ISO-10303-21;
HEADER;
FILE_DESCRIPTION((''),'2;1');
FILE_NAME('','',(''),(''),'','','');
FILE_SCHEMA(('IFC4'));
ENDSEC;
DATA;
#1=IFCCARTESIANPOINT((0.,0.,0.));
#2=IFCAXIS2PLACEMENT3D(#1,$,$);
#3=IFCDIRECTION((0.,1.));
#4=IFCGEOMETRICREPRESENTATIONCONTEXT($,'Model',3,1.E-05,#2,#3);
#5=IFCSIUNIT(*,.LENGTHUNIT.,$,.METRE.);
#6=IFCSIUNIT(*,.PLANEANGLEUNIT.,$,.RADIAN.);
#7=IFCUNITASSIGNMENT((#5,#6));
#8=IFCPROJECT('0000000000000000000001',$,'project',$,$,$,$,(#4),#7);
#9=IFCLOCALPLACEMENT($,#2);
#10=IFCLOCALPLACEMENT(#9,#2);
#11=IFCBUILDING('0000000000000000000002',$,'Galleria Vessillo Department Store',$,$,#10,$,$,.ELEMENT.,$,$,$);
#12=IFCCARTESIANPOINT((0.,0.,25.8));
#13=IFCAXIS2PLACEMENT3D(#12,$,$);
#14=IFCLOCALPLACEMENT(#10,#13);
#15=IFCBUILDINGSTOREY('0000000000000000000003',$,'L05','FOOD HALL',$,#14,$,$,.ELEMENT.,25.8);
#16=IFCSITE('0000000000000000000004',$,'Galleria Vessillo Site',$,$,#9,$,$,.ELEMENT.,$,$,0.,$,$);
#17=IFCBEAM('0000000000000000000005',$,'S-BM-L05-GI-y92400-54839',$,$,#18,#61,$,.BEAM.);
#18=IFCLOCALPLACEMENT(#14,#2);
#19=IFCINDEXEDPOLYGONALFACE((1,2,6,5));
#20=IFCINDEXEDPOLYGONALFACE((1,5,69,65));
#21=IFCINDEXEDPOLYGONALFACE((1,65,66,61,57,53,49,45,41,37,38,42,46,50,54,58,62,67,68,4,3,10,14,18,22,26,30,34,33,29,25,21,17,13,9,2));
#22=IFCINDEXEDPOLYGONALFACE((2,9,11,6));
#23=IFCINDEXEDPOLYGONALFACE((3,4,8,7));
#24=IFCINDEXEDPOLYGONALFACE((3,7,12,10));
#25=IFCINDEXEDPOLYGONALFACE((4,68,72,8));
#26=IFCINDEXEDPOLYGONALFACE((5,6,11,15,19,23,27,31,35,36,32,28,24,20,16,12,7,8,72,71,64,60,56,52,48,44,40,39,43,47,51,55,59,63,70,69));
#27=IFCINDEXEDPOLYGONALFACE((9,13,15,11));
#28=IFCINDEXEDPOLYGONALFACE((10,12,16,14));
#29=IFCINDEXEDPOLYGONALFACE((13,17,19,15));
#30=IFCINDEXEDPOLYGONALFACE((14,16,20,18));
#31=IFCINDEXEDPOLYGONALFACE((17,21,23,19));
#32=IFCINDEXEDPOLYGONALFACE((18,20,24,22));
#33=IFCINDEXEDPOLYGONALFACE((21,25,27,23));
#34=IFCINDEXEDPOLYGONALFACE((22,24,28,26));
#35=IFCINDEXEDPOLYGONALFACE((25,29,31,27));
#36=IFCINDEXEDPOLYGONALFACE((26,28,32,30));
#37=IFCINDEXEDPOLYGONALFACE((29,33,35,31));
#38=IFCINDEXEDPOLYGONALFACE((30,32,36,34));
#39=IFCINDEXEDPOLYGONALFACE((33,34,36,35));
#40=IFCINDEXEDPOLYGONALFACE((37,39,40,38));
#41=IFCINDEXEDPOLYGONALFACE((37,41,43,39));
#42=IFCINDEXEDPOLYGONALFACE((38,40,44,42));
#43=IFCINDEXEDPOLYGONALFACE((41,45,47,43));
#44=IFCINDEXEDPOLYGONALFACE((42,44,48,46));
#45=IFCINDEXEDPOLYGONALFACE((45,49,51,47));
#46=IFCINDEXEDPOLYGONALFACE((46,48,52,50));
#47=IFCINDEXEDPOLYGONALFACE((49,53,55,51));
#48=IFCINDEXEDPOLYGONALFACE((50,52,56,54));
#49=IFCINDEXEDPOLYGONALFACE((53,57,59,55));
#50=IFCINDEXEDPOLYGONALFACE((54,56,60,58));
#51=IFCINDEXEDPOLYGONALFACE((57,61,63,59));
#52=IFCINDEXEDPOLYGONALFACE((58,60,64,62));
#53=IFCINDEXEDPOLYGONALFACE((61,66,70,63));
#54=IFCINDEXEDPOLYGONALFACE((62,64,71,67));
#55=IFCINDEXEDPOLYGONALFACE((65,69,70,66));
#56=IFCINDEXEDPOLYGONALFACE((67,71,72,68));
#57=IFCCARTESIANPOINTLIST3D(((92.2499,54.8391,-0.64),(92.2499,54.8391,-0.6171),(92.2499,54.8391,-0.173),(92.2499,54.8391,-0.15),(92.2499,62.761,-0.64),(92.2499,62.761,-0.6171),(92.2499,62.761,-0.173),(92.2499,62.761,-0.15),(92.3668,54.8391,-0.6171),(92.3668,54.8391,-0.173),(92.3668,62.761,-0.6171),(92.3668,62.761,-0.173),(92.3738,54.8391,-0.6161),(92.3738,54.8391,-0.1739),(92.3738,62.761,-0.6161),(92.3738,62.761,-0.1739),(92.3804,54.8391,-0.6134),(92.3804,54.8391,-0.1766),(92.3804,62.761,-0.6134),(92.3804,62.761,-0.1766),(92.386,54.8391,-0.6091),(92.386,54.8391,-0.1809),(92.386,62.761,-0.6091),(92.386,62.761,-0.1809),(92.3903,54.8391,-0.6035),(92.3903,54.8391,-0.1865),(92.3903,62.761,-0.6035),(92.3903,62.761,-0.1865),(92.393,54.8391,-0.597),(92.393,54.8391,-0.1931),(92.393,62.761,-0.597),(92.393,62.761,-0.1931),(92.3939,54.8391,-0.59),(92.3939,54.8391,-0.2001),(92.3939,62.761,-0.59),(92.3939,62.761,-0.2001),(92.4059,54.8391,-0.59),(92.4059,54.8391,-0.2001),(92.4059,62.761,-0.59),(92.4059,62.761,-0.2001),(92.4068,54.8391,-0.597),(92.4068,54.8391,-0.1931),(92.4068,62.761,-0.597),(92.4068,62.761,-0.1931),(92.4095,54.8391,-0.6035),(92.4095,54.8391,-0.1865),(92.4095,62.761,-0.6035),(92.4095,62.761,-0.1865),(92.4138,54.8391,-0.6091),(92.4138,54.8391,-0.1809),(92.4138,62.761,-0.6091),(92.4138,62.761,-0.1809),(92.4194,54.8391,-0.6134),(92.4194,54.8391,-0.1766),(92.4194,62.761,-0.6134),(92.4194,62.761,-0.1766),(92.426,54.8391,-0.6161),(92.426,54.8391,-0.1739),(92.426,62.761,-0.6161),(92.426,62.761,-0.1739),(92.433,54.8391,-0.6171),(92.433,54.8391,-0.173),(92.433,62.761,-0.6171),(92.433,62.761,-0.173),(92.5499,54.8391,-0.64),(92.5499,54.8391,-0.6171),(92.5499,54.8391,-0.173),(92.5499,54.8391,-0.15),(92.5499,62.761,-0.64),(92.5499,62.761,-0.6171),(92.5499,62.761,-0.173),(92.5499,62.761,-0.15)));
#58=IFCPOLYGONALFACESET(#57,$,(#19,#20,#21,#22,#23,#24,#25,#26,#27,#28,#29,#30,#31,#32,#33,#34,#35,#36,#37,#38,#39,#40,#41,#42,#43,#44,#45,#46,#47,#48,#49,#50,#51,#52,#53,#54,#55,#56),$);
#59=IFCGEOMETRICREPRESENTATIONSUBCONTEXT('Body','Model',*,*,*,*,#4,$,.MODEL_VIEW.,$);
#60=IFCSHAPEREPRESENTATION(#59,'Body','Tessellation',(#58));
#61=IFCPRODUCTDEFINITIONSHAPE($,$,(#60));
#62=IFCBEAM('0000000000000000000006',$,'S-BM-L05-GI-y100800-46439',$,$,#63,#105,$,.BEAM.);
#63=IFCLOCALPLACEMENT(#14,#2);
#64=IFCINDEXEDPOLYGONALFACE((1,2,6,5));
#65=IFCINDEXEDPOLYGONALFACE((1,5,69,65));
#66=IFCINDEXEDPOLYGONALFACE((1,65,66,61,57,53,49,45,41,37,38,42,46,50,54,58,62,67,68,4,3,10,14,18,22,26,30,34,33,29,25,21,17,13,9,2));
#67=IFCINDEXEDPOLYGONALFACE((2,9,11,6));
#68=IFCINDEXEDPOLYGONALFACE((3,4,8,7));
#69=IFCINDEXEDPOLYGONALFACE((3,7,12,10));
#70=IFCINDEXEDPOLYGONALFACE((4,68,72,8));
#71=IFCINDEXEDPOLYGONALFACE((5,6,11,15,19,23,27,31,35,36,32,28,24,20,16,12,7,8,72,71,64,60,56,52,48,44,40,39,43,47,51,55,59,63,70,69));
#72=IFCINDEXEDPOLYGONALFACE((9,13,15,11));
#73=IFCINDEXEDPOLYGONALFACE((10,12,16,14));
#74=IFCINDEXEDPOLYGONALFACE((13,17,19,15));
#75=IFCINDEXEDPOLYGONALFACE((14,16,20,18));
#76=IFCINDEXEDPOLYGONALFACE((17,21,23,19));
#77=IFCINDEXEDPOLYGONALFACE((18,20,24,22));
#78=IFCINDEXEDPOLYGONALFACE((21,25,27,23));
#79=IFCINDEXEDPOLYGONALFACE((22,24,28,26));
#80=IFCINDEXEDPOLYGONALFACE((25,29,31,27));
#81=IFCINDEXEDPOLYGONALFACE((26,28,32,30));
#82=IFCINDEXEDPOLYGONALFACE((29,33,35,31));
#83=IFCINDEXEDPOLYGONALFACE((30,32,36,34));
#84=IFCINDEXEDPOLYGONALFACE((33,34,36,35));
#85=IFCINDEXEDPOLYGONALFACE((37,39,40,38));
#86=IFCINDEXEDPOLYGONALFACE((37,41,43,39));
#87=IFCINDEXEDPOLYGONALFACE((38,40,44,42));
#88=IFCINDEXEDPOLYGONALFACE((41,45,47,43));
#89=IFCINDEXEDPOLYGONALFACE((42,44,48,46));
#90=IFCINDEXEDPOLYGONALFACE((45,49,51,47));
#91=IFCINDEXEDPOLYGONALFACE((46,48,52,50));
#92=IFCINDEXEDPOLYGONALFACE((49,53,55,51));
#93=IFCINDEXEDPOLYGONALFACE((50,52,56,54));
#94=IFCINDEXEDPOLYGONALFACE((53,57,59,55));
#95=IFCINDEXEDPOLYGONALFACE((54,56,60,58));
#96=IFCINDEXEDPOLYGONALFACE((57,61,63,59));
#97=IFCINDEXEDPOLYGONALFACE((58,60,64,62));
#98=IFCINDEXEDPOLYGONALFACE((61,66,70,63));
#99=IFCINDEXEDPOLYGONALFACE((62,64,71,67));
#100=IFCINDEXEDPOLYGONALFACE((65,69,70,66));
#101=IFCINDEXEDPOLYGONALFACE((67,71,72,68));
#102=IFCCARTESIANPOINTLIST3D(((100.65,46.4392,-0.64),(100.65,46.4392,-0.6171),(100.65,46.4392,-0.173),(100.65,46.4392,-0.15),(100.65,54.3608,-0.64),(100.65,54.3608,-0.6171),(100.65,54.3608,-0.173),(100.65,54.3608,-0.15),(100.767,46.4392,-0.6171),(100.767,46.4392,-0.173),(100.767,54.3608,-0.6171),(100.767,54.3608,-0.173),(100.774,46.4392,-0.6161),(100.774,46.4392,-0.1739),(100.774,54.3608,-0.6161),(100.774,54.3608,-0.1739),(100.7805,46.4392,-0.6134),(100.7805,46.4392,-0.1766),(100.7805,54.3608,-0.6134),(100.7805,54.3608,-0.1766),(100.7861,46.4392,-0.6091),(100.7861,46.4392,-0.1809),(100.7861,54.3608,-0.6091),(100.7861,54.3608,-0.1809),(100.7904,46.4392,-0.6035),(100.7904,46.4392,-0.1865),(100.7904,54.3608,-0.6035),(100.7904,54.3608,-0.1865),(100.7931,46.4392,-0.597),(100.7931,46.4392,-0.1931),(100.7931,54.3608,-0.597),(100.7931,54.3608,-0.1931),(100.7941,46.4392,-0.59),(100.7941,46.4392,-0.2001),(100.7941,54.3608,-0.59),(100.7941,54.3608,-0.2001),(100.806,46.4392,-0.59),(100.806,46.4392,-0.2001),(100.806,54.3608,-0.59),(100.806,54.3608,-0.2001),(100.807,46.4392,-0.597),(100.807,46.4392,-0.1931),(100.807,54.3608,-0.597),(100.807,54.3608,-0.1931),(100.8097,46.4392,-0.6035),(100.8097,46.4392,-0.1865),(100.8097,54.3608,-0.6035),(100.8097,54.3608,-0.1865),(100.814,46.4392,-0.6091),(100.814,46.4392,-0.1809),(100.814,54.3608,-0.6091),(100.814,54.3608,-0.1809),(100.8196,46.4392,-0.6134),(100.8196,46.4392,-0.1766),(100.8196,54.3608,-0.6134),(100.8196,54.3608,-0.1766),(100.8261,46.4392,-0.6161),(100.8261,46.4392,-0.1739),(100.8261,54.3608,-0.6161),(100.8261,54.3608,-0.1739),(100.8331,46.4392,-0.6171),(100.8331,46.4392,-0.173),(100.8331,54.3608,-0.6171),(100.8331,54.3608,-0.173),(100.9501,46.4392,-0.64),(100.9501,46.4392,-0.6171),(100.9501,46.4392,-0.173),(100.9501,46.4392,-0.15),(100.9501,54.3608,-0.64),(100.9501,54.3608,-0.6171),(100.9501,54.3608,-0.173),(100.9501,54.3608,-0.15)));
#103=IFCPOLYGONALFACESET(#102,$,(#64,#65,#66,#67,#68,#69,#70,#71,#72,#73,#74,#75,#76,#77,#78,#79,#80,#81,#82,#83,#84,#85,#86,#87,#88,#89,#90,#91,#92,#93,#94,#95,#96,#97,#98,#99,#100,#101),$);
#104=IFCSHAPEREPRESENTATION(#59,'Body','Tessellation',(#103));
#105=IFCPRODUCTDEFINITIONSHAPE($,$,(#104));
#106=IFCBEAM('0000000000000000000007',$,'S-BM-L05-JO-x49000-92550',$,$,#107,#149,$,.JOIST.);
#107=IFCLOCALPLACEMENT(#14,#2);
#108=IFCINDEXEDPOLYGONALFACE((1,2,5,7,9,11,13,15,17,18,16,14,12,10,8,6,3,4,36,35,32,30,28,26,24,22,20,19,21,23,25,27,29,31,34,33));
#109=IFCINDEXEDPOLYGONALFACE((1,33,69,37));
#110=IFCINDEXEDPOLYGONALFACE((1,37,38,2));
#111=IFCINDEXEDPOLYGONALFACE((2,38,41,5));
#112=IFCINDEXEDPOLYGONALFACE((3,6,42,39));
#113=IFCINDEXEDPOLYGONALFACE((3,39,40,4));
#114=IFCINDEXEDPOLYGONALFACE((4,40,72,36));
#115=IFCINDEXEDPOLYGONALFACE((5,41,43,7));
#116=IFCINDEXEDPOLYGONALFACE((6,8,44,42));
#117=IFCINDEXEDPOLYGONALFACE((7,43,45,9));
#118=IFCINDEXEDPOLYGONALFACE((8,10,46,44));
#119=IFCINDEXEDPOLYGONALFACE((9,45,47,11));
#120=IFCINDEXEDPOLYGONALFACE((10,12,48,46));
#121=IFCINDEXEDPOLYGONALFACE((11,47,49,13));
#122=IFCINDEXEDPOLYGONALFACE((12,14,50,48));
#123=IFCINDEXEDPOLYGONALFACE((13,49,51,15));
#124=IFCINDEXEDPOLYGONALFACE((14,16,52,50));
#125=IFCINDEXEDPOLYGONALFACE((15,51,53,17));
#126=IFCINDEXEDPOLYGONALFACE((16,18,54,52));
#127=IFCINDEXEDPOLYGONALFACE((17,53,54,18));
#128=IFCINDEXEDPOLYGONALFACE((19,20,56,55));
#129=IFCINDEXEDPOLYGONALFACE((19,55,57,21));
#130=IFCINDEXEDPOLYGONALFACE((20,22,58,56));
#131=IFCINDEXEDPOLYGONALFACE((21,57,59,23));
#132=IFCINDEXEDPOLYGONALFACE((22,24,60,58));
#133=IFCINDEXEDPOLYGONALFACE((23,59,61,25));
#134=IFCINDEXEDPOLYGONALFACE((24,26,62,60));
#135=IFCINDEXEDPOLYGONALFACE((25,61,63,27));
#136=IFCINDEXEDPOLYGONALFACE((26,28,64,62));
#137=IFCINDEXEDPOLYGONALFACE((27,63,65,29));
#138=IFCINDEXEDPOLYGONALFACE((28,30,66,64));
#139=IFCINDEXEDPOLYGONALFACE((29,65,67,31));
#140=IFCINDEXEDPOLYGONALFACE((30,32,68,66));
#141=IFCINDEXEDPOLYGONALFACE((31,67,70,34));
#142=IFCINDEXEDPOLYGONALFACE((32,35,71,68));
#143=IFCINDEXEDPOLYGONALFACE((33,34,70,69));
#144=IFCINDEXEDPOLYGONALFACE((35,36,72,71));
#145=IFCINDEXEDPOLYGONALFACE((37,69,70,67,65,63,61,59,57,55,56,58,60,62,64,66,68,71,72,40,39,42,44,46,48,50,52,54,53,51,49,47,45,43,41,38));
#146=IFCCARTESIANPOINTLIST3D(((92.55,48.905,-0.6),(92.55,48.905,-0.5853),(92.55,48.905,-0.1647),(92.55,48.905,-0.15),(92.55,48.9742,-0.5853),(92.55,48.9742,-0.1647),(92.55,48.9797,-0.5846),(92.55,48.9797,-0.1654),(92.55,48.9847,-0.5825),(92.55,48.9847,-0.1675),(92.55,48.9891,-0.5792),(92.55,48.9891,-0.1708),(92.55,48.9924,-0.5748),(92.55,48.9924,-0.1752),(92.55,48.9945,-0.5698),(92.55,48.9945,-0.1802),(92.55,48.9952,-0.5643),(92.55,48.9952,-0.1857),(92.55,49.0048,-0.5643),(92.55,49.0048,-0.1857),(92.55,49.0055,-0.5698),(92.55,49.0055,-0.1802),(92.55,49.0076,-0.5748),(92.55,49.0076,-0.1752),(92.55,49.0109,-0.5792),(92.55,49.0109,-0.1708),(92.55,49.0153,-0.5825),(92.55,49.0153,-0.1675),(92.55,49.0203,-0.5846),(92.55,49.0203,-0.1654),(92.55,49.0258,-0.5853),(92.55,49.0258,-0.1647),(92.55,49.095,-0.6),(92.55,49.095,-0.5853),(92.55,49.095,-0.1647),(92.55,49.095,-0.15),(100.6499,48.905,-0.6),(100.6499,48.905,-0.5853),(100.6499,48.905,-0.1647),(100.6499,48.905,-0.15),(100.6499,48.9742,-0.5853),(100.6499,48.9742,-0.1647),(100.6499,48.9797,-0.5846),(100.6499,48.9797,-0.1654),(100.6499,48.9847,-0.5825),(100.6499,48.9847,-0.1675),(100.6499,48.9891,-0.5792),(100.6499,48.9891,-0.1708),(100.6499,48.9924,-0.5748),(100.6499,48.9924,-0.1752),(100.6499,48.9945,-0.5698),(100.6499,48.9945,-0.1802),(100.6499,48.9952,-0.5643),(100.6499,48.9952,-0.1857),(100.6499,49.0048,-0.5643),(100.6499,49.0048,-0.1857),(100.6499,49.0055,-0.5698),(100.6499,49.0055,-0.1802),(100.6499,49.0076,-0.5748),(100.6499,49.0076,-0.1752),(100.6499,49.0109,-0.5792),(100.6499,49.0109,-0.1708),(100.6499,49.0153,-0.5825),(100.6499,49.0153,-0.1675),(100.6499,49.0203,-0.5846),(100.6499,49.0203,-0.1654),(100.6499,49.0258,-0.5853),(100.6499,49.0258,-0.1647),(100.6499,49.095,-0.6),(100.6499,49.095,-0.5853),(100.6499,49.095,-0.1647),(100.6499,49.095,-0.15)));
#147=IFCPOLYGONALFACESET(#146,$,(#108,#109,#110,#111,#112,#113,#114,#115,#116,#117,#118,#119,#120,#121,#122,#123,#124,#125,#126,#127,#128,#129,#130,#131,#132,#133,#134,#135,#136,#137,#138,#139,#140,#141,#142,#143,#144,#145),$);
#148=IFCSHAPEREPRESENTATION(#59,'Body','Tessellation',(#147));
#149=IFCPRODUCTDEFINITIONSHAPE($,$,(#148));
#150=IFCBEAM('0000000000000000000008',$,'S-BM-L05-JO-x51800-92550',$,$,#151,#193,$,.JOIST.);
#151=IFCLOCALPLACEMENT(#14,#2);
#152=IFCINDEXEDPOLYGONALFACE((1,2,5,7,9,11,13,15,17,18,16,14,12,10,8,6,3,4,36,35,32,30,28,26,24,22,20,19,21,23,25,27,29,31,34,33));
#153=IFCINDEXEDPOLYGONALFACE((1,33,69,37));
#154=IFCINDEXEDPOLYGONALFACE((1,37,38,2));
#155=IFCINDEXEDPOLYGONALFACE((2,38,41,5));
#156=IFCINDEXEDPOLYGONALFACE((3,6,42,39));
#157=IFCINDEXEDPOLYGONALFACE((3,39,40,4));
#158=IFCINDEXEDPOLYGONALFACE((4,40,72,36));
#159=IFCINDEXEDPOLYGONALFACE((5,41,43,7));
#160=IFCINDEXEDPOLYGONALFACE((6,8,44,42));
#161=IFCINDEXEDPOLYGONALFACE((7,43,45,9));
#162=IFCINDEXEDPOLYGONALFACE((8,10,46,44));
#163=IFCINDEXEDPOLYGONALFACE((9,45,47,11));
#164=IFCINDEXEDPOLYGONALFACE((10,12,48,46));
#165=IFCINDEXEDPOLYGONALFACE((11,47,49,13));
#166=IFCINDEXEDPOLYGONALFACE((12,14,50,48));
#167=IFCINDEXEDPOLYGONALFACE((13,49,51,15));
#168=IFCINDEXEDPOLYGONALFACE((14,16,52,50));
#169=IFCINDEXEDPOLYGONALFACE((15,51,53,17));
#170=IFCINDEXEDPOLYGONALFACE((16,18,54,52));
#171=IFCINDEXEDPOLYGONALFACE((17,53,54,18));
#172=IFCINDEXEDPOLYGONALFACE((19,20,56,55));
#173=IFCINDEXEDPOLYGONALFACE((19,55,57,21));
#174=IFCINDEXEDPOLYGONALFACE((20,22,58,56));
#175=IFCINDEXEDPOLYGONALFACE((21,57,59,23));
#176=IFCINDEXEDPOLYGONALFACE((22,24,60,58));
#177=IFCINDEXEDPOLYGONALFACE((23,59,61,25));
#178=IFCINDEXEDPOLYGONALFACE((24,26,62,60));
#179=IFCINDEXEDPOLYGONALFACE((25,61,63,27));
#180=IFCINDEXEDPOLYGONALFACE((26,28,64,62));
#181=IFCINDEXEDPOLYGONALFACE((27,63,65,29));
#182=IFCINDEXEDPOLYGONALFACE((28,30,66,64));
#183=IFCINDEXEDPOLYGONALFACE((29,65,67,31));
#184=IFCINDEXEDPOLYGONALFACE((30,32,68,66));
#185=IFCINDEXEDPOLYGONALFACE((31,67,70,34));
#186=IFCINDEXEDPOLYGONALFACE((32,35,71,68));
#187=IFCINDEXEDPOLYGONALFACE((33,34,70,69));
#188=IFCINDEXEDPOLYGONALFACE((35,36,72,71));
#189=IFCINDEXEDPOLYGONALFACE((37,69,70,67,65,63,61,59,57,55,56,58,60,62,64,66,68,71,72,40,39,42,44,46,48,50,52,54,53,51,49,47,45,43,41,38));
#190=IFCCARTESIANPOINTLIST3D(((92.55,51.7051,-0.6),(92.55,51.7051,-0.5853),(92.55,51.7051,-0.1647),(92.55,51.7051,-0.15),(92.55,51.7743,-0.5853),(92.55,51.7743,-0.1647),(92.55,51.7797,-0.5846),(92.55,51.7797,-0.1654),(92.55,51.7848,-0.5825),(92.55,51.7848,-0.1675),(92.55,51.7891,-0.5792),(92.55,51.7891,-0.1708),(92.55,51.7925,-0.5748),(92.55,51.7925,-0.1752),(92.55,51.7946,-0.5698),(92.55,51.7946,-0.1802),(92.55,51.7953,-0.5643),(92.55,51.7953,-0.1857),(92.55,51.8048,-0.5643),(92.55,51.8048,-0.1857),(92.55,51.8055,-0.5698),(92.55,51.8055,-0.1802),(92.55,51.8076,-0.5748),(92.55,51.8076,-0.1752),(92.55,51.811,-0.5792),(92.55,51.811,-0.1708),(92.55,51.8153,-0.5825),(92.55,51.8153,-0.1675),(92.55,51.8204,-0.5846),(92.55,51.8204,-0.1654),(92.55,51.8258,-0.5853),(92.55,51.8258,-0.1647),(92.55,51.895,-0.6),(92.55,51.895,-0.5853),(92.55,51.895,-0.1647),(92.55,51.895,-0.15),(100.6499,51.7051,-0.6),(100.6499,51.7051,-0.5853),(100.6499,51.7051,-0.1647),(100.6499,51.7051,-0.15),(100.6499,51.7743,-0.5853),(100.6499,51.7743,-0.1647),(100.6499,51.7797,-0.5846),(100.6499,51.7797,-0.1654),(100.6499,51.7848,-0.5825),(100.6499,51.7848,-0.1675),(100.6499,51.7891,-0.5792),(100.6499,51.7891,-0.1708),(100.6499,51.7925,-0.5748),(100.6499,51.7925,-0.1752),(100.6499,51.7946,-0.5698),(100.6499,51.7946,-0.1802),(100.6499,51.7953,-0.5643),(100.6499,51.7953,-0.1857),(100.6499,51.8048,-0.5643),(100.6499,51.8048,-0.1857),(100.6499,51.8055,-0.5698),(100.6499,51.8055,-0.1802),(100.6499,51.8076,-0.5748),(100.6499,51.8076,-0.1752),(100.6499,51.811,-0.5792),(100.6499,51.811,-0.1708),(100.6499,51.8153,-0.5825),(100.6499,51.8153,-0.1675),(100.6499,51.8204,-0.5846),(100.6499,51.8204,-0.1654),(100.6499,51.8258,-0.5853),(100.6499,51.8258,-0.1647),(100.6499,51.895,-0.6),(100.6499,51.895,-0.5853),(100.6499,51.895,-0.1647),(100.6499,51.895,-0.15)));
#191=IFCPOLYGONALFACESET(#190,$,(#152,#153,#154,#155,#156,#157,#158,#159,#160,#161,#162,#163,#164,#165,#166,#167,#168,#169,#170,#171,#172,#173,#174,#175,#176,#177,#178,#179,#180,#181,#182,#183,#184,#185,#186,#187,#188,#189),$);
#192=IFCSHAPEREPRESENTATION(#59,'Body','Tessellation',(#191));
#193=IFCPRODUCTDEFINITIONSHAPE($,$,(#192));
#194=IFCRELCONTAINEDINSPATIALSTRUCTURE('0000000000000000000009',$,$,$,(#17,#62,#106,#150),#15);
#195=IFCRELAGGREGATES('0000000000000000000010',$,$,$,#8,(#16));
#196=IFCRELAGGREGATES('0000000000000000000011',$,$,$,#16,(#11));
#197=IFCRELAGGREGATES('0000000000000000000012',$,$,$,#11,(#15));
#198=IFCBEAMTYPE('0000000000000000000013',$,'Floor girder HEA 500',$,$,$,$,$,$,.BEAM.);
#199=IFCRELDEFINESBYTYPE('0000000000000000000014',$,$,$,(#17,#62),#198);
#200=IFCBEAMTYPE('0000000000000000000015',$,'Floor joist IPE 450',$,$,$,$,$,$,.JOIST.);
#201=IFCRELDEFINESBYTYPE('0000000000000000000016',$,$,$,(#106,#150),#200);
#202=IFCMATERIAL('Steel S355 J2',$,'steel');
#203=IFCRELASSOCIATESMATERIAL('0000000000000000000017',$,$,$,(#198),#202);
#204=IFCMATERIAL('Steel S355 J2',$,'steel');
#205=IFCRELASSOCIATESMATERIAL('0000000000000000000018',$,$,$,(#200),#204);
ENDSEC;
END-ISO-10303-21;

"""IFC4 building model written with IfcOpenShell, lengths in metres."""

from ifc_helpers import new_model, si_unit, direction, frame, origin, origin_2d, place, context, subcontext, project, spatial, i_section, extrude, material, material_profile, profile_set, type_object, element, save


model = new_model("IFC4")

# Units and contexts
model_context = context("Model", 3, precision=1e-05, world=origin(), true_north=direction((0.0, 1.0)))
body_context = subcontext(model_context, "Body", "Model", "MODEL_VIEW")
ifc_project = project(units=[si_unit("LENGTHUNIT", "METRE"), si_unit("PLANEANGLEUNIT", "RADIAN")], contexts=[model_context])

# Site, building, storey
site_placement = place(None, origin())
site = spatial("IfcSite", under=ifc_project, at=site_placement, Name="Galleria Vessillo Site", CompositionType="ELEMENT", RefElevation=0.0)
building_placement = place(site_placement, origin())
building = spatial("IfcBuilding", under=site, at=building_placement, Name="Galleria Vessillo Department Store", CompositionType="ELEMENT")
storey_placement = place(building_placement, frame((0.0, 0.0, 25.8)))
storey = spatial("IfcBuildingStorey", under=building, at=storey_placement, Name="L05", Description="FOOD HALL", CompositionType="ELEMENT", Elevation=25.8)

# Beams
ifc_material_1 = material(Name="Steel S355 J2", Category="steel")
ifc_material_profile_1 = material_profile(ifc_material_1, i_section(OverallWidth=0.3, OverallDepth=0.49, WebThickness=0.012, FlangeThickness=0.0229, FilletRadius=0.0271, at=origin_2d()), Name="HEA 500")
ifc_profile_set_1 = profile_set([ifc_material_profile_1], Name="Steel S355 J2")
beam_type_1 = type_object("IfcBeamType", Name="Floor girder HEA 500", PredefinedType="BEAM", material=ifc_profile_set_1)
beam_1_placement = place(storey_placement, frame((92.3999, 54.8391, -0.395), z_axis=(0.0, 1.0, 0.0), x_axis=(-1.0, 0.0, 0.0)))
element("IfcBeam", 1, at=beam_1_placement, inside=storey, type_object=beam_type_1, Name="S-BM-L05-GI-y92400-54839", PredefinedType="BEAM", context=body_context, shape_type="SweptSolid", body=[
    extrude(i_section(OverallWidth=0.3, OverallDepth=0.49, WebThickness=0.012, FlangeThickness=0.0229, FilletRadius=0.0271, at=origin_2d()), origin(), (0.0, 0.0, 1.0), 7.9219),
])
beam_2_placement = place(storey_placement, frame((100.8, 46.4392, -0.395), z_axis=(0.0, 1.0, 0.0), x_axis=(-1.0, 0.0, 0.0)))
element("IfcBeam", 2, at=beam_2_placement, inside=storey, type_object=beam_type_1, Name="S-BM-L05-GI-y100800-46439", PredefinedType="BEAM", context=body_context, shape_type="SweptSolid", body=[
    extrude(i_section(OverallWidth=0.3, OverallDepth=0.49, WebThickness=0.012, FlangeThickness=0.0229, FilletRadius=0.0271, at=origin_2d()), origin(), (0.0, 0.0, 1.0), 7.9216),
])
ifc_material_2 = material(Name="Steel S355 J2", Category="steel")
ifc_material_profile_2 = material_profile(ifc_material_2, i_section(OverallWidth=0.1899, OverallDepth=0.45, WebThickness=0.0095, FlangeThickness=0.0146, FilletRadius=0.021, at=origin_2d()), Name="IPE 450")
ifc_profile_set_2 = profile_set([ifc_material_profile_2], Name="Steel S355 J2")
beam_type_2 = type_object("IfcBeamType", Name="Floor joist IPE 450", PredefinedType="JOIST", material=ifc_profile_set_2)
for number, where, z_axis, x_axis, name in (
    (3, (92.55, 49.0, -0.375), (1.0, 0.0, 0.0), (0.0, 1.0, 0.0), "S-BM-L05-JO-x49000-92550"),
    (4, (92.55, 51.8, -0.375), (1.0, 0.0, 0.0), (0.0, 1.0, 0.0), "S-BM-L05-JO-x51800-92550"),
):
    element("IfcBeam", number, at=place(storey_placement, frame(where, z_axis=z_axis, x_axis=x_axis)), inside=storey, type_object=beam_type_2, Name=name, PredefinedType="JOIST", context=body_context, shape_type="SweptSolid", body=[
        extrude(i_section(OverallWidth=0.1899, OverallDepth=0.45, WebThickness=0.0095, FlangeThickness=0.0146, FilletRadius=0.021, at=origin_2d()), origin(), (0.0, 0.0, 1.0), 8.0999),
    ])

save(model, "model.ifc")
